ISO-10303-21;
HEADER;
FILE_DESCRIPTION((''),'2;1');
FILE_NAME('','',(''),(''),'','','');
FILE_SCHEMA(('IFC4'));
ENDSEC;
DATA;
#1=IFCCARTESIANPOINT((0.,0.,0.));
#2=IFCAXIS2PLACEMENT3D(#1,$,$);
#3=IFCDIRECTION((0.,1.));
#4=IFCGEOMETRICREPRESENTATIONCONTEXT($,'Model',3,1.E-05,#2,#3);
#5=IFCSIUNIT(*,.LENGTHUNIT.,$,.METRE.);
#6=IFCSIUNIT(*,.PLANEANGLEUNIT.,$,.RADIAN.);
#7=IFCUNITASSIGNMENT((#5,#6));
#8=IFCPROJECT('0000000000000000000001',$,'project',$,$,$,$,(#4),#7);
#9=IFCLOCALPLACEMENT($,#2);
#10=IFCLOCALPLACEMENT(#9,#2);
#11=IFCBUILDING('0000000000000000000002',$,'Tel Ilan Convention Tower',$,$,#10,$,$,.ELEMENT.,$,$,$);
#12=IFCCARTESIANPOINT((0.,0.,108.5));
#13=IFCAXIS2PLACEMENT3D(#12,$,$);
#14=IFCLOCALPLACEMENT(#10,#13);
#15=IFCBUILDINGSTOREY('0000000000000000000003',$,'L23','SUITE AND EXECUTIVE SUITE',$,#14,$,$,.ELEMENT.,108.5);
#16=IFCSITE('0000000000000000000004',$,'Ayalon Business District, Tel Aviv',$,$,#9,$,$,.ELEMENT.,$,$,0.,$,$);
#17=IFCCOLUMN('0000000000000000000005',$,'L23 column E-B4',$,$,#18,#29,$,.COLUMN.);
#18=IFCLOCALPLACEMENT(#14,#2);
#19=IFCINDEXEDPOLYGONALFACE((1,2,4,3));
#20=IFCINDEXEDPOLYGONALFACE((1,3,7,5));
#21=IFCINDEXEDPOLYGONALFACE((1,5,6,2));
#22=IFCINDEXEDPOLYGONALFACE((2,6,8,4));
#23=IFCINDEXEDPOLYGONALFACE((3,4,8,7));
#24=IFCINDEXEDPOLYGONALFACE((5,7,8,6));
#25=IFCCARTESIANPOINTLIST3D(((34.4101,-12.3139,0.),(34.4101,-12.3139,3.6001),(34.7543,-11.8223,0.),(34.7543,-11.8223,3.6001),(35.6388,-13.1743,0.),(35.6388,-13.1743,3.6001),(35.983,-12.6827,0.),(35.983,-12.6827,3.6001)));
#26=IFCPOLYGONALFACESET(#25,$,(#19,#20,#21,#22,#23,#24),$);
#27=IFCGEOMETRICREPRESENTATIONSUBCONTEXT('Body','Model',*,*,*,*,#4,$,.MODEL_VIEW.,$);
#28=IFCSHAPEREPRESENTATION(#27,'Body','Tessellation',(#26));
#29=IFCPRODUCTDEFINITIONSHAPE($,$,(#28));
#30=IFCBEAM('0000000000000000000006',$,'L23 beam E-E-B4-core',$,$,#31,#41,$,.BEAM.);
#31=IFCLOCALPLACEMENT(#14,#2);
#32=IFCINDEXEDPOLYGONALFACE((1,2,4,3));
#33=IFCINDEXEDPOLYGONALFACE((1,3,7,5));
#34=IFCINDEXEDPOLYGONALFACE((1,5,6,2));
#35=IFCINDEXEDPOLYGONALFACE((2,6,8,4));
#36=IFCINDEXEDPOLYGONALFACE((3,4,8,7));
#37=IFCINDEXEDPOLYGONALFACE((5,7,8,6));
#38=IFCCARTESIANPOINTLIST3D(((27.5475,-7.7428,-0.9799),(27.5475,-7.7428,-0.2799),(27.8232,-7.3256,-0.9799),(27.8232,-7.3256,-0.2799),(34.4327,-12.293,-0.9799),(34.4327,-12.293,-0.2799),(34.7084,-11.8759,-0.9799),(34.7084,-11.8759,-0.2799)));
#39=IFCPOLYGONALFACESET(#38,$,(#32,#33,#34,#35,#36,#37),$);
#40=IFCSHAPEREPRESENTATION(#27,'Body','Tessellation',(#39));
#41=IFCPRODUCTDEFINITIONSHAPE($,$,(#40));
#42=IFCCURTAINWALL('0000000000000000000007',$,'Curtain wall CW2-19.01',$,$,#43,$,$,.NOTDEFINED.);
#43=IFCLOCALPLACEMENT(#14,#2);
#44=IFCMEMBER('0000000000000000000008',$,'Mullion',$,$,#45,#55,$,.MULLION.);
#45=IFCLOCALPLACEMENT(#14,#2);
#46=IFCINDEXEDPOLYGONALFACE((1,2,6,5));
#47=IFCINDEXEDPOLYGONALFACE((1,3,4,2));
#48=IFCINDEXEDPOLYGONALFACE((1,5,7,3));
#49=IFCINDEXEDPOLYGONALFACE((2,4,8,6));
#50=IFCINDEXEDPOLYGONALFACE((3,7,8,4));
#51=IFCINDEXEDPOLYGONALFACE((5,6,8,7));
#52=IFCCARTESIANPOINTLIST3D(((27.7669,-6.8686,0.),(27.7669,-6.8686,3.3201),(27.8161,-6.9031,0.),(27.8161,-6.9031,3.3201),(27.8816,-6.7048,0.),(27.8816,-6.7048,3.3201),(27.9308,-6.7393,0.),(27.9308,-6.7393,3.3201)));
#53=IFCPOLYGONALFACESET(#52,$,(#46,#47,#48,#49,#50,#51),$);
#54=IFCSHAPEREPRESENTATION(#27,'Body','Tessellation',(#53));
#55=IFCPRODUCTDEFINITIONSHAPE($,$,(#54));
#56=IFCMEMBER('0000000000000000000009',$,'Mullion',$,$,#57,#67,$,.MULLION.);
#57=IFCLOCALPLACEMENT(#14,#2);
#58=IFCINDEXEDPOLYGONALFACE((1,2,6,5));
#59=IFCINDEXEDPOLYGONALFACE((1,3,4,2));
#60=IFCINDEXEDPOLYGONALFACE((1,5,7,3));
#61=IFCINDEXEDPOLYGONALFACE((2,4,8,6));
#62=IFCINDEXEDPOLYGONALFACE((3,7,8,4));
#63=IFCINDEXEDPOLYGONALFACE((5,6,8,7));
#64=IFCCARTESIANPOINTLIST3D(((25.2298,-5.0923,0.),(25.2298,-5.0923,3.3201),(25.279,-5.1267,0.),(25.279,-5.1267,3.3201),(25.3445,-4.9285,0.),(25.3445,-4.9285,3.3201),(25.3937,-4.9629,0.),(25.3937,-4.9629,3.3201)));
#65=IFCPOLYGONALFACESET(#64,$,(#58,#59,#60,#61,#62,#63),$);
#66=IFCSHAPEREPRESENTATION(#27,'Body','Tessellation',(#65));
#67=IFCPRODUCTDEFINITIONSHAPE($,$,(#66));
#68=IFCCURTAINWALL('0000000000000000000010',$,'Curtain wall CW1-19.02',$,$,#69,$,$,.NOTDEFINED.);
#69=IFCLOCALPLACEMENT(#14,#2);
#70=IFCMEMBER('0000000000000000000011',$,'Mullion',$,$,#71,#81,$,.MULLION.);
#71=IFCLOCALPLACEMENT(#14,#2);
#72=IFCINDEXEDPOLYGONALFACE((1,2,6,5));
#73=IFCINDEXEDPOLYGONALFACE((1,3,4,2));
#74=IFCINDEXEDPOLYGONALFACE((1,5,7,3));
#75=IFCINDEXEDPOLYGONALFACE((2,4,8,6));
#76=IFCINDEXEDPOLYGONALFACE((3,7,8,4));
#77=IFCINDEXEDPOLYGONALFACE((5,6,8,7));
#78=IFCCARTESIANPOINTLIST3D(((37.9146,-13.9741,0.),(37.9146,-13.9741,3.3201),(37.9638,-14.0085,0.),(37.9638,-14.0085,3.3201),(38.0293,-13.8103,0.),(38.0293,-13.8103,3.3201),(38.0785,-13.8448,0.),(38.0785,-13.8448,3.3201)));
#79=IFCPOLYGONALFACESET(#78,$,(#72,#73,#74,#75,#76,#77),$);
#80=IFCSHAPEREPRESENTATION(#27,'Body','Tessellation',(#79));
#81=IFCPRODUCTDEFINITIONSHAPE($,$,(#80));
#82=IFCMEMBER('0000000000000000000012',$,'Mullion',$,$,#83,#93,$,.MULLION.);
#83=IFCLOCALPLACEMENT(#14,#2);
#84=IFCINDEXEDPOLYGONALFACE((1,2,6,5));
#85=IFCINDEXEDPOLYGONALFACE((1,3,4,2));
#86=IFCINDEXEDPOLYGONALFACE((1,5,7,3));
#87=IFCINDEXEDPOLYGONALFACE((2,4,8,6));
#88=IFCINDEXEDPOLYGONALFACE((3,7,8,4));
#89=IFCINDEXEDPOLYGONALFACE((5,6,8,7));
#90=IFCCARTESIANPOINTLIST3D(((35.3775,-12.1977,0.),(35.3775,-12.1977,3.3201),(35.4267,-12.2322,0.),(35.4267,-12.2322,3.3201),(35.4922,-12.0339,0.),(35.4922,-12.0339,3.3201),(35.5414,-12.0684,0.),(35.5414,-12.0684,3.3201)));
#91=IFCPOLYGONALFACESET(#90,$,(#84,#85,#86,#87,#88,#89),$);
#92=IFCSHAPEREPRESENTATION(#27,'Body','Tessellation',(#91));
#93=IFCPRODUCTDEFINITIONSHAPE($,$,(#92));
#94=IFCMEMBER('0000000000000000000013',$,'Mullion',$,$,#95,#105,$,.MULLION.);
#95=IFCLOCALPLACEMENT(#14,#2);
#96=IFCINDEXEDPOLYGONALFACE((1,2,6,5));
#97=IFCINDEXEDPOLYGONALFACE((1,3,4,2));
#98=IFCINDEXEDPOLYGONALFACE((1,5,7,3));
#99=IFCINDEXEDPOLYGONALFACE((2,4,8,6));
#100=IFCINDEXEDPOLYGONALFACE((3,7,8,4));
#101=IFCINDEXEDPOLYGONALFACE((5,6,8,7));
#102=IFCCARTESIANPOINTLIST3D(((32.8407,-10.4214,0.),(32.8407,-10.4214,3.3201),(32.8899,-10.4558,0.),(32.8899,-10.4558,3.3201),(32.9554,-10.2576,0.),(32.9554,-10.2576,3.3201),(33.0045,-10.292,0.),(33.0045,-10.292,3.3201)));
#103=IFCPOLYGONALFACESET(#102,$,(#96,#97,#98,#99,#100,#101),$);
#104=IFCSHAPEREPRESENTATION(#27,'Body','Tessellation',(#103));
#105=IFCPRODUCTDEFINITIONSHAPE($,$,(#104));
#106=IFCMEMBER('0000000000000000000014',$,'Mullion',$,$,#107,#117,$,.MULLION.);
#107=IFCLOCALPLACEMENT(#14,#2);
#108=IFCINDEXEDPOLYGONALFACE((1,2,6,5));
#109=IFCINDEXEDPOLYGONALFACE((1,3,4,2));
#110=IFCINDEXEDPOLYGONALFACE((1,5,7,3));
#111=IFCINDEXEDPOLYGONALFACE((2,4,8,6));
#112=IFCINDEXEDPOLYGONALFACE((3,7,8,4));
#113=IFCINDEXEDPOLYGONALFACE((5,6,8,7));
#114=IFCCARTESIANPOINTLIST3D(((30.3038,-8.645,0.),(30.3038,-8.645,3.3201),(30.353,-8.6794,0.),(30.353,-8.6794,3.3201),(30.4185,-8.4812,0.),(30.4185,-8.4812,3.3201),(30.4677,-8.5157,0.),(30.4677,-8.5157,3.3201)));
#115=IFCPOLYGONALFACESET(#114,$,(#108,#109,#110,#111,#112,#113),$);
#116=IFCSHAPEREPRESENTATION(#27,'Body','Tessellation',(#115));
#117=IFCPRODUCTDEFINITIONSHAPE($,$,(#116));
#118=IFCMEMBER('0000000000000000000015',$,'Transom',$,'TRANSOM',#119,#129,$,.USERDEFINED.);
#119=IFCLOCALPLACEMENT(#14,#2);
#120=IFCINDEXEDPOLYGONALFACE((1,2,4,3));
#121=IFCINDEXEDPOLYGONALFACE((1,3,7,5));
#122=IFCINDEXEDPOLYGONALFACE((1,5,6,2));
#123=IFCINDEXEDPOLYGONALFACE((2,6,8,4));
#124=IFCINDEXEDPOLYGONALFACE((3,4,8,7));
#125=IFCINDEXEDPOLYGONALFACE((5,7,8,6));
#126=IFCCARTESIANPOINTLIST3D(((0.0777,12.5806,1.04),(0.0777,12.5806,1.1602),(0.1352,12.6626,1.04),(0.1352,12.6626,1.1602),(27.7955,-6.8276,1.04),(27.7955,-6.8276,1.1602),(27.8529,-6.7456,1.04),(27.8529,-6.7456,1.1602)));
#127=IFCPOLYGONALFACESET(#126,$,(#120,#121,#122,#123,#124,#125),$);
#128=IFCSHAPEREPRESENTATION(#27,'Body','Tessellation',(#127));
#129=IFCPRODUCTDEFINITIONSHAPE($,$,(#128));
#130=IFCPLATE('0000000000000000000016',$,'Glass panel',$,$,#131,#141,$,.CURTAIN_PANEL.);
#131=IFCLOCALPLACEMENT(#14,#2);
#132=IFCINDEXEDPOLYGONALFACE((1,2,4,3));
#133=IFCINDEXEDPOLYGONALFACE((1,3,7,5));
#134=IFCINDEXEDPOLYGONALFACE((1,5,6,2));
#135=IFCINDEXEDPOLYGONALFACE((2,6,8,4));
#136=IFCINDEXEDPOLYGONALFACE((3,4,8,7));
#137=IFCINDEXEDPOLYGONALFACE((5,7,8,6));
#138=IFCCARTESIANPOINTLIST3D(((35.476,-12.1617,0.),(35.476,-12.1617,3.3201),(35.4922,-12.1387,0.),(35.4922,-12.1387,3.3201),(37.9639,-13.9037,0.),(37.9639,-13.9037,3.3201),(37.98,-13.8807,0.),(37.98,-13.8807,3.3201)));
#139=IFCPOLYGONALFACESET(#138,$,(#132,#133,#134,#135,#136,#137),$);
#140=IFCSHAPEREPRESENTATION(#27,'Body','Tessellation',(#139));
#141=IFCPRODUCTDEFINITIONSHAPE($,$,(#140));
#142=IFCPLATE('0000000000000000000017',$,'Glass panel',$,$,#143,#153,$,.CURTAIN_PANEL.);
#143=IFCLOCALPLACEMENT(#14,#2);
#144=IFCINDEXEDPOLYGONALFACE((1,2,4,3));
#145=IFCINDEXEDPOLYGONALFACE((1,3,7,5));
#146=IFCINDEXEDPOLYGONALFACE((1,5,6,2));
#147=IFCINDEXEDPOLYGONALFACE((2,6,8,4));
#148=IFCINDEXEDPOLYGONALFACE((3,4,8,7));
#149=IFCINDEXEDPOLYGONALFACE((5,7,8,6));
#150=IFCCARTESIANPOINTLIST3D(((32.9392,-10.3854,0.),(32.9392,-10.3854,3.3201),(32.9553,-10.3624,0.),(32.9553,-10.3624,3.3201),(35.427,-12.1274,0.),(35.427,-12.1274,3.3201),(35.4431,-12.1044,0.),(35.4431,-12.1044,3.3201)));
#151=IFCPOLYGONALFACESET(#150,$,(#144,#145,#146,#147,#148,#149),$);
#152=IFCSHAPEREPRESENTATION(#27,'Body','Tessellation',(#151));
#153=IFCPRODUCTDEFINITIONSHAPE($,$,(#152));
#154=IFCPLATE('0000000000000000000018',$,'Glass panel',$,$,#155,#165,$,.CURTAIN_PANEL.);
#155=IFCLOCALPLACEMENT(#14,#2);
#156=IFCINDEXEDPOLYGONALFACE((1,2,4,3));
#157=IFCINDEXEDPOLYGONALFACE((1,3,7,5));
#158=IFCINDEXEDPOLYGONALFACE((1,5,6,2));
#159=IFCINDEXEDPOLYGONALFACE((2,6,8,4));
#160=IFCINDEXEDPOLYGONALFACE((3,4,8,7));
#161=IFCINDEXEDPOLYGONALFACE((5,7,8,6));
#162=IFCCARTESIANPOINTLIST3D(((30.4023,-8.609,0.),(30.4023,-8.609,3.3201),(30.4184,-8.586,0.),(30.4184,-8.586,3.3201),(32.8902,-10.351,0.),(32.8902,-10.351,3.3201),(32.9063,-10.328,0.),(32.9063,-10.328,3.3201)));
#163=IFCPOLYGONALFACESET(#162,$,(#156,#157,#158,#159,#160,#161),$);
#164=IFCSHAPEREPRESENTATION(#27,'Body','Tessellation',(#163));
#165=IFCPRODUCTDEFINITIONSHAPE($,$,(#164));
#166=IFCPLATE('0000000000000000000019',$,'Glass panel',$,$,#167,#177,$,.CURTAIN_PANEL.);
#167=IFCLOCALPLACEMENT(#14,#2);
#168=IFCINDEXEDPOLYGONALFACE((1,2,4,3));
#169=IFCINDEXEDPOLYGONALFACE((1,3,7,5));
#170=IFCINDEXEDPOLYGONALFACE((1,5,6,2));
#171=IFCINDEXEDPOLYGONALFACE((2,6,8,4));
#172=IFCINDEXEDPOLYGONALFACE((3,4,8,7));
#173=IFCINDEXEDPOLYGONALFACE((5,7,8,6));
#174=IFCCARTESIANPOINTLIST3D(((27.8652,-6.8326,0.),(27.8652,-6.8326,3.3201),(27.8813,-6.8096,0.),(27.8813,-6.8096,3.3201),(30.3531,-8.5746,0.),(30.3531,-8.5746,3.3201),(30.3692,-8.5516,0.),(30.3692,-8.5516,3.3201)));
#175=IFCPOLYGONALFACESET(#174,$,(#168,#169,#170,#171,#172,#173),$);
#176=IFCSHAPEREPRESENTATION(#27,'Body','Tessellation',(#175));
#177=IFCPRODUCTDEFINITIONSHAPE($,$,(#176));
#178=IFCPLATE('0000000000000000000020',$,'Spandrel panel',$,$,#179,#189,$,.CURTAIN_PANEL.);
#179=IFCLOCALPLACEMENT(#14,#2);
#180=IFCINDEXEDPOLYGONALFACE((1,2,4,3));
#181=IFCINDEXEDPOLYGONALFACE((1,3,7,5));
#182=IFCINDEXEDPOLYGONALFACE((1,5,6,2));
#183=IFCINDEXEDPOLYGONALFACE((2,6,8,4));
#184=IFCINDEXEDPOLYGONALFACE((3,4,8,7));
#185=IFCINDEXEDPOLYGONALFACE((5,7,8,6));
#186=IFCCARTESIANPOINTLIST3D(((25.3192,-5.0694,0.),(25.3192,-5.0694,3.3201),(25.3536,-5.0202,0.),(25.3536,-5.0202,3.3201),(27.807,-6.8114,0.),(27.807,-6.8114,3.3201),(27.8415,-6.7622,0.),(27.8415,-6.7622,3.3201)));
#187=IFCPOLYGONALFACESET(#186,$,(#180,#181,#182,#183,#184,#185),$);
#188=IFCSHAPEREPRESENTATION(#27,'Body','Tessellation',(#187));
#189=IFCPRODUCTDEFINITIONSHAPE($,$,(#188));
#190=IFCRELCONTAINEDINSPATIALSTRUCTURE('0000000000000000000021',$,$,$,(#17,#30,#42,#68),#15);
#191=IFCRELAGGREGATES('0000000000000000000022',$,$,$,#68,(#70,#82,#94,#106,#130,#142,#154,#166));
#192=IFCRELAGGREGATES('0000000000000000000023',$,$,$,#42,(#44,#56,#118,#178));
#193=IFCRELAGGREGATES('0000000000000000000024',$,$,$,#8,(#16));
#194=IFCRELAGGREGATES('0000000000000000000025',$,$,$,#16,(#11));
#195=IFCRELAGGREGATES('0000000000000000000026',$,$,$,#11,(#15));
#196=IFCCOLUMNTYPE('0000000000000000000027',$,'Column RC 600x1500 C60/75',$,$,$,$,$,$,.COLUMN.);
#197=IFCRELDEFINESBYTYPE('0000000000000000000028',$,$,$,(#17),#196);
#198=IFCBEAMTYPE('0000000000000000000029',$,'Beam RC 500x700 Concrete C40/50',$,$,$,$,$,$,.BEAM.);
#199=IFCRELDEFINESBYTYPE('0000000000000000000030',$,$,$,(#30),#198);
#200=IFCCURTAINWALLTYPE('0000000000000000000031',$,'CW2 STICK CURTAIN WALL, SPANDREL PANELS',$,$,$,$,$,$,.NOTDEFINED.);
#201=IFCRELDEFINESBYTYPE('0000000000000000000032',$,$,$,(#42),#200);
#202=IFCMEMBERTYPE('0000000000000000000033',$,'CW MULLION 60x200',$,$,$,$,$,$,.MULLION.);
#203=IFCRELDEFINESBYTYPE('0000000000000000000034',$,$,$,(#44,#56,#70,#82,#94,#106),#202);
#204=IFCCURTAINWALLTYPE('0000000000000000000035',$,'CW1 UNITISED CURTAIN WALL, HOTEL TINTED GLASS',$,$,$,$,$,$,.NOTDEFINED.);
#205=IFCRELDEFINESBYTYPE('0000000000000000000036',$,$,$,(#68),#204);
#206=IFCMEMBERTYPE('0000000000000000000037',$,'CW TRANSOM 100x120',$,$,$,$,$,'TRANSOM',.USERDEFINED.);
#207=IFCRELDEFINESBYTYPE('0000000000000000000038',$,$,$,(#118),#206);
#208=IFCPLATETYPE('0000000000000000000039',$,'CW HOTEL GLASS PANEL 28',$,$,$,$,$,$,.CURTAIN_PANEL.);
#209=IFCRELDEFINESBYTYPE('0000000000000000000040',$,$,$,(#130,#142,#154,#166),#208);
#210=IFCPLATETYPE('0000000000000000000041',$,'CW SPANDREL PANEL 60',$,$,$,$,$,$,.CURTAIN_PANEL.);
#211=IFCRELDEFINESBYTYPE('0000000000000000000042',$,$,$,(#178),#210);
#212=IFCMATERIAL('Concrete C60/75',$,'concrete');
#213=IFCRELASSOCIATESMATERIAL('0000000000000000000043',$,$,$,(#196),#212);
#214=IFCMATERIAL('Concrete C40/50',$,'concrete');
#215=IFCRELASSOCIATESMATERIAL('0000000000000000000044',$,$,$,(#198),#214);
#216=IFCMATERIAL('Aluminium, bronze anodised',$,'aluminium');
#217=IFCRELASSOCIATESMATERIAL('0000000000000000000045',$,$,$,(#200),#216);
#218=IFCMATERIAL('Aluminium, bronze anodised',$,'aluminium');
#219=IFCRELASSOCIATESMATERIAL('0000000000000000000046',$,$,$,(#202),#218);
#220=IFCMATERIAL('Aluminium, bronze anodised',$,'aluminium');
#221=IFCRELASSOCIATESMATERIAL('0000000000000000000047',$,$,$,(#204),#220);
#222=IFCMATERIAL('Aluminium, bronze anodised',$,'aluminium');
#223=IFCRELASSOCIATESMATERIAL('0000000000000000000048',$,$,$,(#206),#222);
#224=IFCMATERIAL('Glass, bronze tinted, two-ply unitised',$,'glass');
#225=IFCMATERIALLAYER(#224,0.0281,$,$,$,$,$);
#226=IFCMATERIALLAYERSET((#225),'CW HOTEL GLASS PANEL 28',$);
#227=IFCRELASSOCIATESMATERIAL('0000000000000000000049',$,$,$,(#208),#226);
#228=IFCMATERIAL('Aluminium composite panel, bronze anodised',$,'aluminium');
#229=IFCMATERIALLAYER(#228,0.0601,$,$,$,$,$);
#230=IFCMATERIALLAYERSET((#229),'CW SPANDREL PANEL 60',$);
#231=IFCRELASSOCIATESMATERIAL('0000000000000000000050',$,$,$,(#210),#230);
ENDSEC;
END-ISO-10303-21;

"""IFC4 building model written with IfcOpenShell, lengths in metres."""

from ifc_helpers import new_model, si_unit, direction, frame, origin, origin_2d, place, context, subcontext, project, spatial, rectangle, extrude, material, layer, layer_set, material_profile, profile_set, type_object, element, aggregate, save


model = new_model("IFC4")

# Units and contexts
model_context = context("Model", 3, precision=1e-05, world=origin(), true_north=direction((0.0, 1.0)))
body_context = subcontext(model_context, "Body", "Model", "MODEL_VIEW")
ifc_project = project(units=[si_unit("LENGTHUNIT", "METRE"), si_unit("PLANEANGLEUNIT", "RADIAN")], contexts=[model_context])

# Site, building, storey
site_placement = place(None, origin())
site = spatial("IfcSite", under=ifc_project, at=site_placement, Name="Ayalon Business District, Tel Aviv", CompositionType="ELEMENT", RefElevation=0.0)
building_placement = place(site_placement, origin())
building = spatial("IfcBuilding", under=site, at=building_placement, Name="Tel Ilan Convention Tower", CompositionType="ELEMENT")
storey_placement = place(building_placement, frame((0.0, 0.0, 108.5)))
storey = spatial("IfcBuildingStorey", under=building, at=storey_placement, Name="L23", Description="SUITE AND EXECUTIVE SUITE", CompositionType="ELEMENT", Elevation=108.5)

# Column
ifc_material_1 = material(Name="Concrete C60/75", Category="concrete")
ifc_material_profile_1 = material_profile(ifc_material_1, rectangle(XDim=1.5, YDim=0.6001, at=origin_2d()), Name="RC 600x1500")
ifc_profile_set_1 = profile_set([ifc_material_profile_1], Name="Concrete C60/75")
column_type = type_object("IfcColumnType", Name="Column RC 600x1500 C60/75", PredefinedType="COLUMN", material=ifc_profile_set_1)
column_placement = place(storey_placement, frame((35.1965, -12.4983, 0.0), z_axis=(0.0, 0.0, 1.0), x_axis=(0.819152, -0.573576, 0.0)))
element("IfcColumn", 1, at=column_placement, inside=storey, type_object=column_type, Name="L23 column E-B4", PredefinedType="COLUMN", context=body_context, shape_type="SweptSolid", body=[
    extrude(rectangle(XDim=1.5, YDim=0.6001, at=origin_2d()), origin(), (0.0, 0.0, 1.0), 3.6001),
])

# Beam
ifc_material_2 = material(Name="Concrete C40/50", Category="concrete")
ifc_material_profile_2 = material_profile(ifc_material_2, rectangle(XDim=0.5, YDim=0.7, at=origin_2d()), Name="RC 500x700")
ifc_profile_set_2 = profile_set([ifc_material_profile_2], Name="Concrete C40/50")
beam_type = type_object("IfcBeamType", Name="Beam RC 500x700 Concrete C40/50", PredefinedType="BEAM", material=ifc_profile_set_2)
beam_placement = place(storey_placement, frame((34.5706, -12.0845, -0.6299), z_axis=(-0.834274, 0.551351, 0.0), x_axis=(-0.551351, -0.834274, 0.0)))
element("IfcBeam", 2, at=beam_placement, inside=storey, type_object=beam_type, Name="L23 beam E-E-B4-core", PredefinedType="BEAM", context=body_context, shape_type="SweptSolid", body=[
    extrude(rectangle(XDim=0.5, YDim=0.7, at=origin_2d()), origin(), (0.0, 0.0, 1.0), 8.2529),
])

# Curtain walls, members
ifc_material_3 = material(Name="Aluminium, bronze anodised", Category="aluminium")
curtain_wall_type_1 = type_object("IfcCurtainWallType", Name="CW2 STICK CURTAIN WALL, SPANDREL PANELS", PredefinedType="NOTDEFINED", material=ifc_material_3)
curtain_wall_1_placement = place(storey_placement, origin())
curtain_wall_1 = element("IfcCurtainWall", 3, at=curtain_wall_1_placement, inside=storey, type_object=curtain_wall_type_1, Name="Curtain wall CW2-19.01", PredefinedType="NOTDEFINED")
ifc_material_4 = material(Name="Aluminium, bronze anodised", Category="aluminium")
ifc_material_profile_3 = material_profile(ifc_material_4, rectangle(XDim=0.0601, YDim=0.2, at=origin_2d()), Name="CW MULLION 60x200")
ifc_profile_set_3 = profile_set([ifc_material_profile_3], Name="Aluminium, bronze anodised")
member_type_1 = type_object("IfcMemberType", Name="CW MULLION 60x200", PredefinedType="MULLION", material=ifc_profile_set_3)
member_1_placement = place(storey_placement, frame((27.8489, -6.804, 0.0), z_axis=(0.0, 0.0, 1.0), x_axis=(-0.819152, 0.573576, 0.0)))
member_1 = element("IfcMember", 4, at=member_1_placement, type_object=member_type_1, Name="Mullion", PredefinedType="MULLION", context=body_context, shape_type="SweptSolid", body=[
    extrude(rectangle(XDim=0.0601, YDim=0.2, at=origin_2d()), origin(), (0.0, 0.0, 1.0), 3.3201),
])
member_2_placement = place(storey_placement, frame((25.3118, -5.0276, 0.0), z_axis=(0.0, 0.0, 1.0), x_axis=(-0.819152, 0.573576, 0.0)))
member_2 = element("IfcMember", 5, at=member_2_placement, type_object=member_type_1, Name="Mullion", PredefinedType="MULLION", context=body_context, shape_type="SweptSolid", body=[
    extrude(rectangle(XDim=0.0601, YDim=0.2, at=origin_2d()), origin(), (0.0, 0.0, 1.0), 3.3201),
])
ifc_material_5 = material(Name="Aluminium, bronze anodised", Category="aluminium")
curtain_wall_type_2 = type_object("IfcCurtainWallType", Name="CW1 UNITISED CURTAIN WALL, HOTEL TINTED GLASS", PredefinedType="NOTDEFINED", material=ifc_material_5)
curtain_wall_2_placement = place(storey_placement, origin())
curtain_wall_2 = element("IfcCurtainWall", 6, at=curtain_wall_2_placement, inside=storey, type_object=curtain_wall_type_2, Name="Curtain wall CW1-19.02", PredefinedType="NOTDEFINED")
member_3_placement = place(storey_placement, frame((37.9966, -13.9094, 0.0), z_axis=(0.0, 0.0, 1.0), x_axis=(-0.819152, 0.573576, 0.0)))
member_3 = element("IfcMember", 7, at=member_3_placement, type_object=member_type_1, Name="Mullion", PredefinedType="MULLION", context=body_context, shape_type="SweptSolid", body=[
    extrude(rectangle(XDim=0.0601, YDim=0.2, at=origin_2d()), origin(), (0.0, 0.0, 1.0), 3.3201),
])
member_4_placement = place(storey_placement, frame((35.4595, -12.1331, 0.0), z_axis=(0.0, 0.0, 1.0), x_axis=(-0.819152, 0.573576, 0.0)))
member_4 = element("IfcMember", 8, at=member_4_placement, type_object=member_type_1, Name="Mullion", PredefinedType="MULLION", context=body_context, shape_type="SweptSolid", body=[
    extrude(rectangle(XDim=0.0601, YDim=0.2, at=origin_2d()), origin(), (0.0, 0.0, 1.0), 3.3201),
])
member_5_placement = place(storey_placement, frame((32.9226, -10.3567, 0.0), z_axis=(0.0, 0.0, 1.0), x_axis=(-0.819152, 0.573576, 0.0)))
member_5 = element("IfcMember", 9, at=member_5_placement, type_object=member_type_1, Name="Mullion", PredefinedType="MULLION", context=body_context, shape_type="SweptSolid", body=[
    extrude(rectangle(XDim=0.0601, YDim=0.2, at=origin_2d()), origin(), (0.0, 0.0, 1.0), 3.3201),
])
member_6_placement = place(storey_placement, frame((30.3857, -8.5803, 0.0), z_axis=(0.0, 0.0, 1.0), x_axis=(-0.819152, 0.573576, 0.0)))
member_6 = element("IfcMember", 10, at=member_6_placement, type_object=member_type_1, Name="Mullion", PredefinedType="MULLION", context=body_context, shape_type="SweptSolid", body=[
    extrude(rectangle(XDim=0.0601, YDim=0.2, at=origin_2d()), origin(), (0.0, 0.0, 1.0), 3.3201),
])

# Member
ifc_material_6 = material(Name="Aluminium, bronze anodised", Category="aluminium")
ifc_material_profile_4 = material_profile(ifc_material_6, rectangle(XDim=0.1001, YDim=0.1201, at=origin_2d()), Name="CW TRANSOM 100x120")
ifc_profile_set_4 = profile_set([ifc_material_profile_4], Name="Aluminium, bronze anodised")
member_type_2 = type_object("IfcMemberType", Name="CW TRANSOM 100x120", ElementType="TRANSOM", PredefinedType="USERDEFINED", material=ifc_profile_set_4)
member_7_placement = place(storey_placement, frame((27.8242, -6.7866, 1.1001), z_axis=(-0.819152, 0.573577, 0.0), x_axis=(-0.573577, -0.819152, 0.0)))
member_7 = element("IfcMember", 11, at=member_7_placement, type_object=member_type_2, Name="Transom", ObjectType="TRANSOM", PredefinedType="USERDEFINED", context=body_context, shape_type="SweptSolid", body=[
    extrude(rectangle(XDim=0.1001, YDim=0.1201, at=origin_2d()), origin(), (0.0, 0.0, 1.0), 33.8372),
])

# Plates
ifc_material_7 = material(Name="Glass, bronze tinted, two-ply unitised", Category="glass")
ifc_layer_1 = layer(ifc_material_7, 0.0281)
ifc_layer_set_1 = layer_set([ifc_layer_1], Name="CW HOTEL GLASS PANEL 28")
plate_type_1 = type_object("IfcPlateType", Name="CW HOTEL GLASS PANEL 28", PredefinedType="CURTAIN_PANEL", material=ifc_layer_set_1)
plate_1_placement = place(storey_placement, frame((36.728, -13.0212, 0.0), z_axis=(0.0, 0.0, 1.0), x_axis=(-0.819152, 0.573576, 0.0)))
plate_1 = element("IfcPlate", 12, at=plate_1_placement, type_object=plate_type_1, Name="Glass panel", PredefinedType="CURTAIN_PANEL", context=body_context, shape_type="SweptSolid", body=[
    extrude(rectangle(XDim=3.0371, YDim=0.0281, at=origin_2d()), origin(), (0.0, 0.0, 1.0), 3.3201),
])
plate_2_placement = place(storey_placement, frame((34.1912, -11.2449, 0.0), z_axis=(0.0, 0.0, 1.0), x_axis=(-0.819152, 0.573576, 0.0)))
plate_2 = element("IfcPlate", 13, at=plate_2_placement, type_object=plate_type_1, Name="Glass panel", PredefinedType="CURTAIN_PANEL", context=body_context, shape_type="SweptSolid", body=[
    extrude(rectangle(XDim=3.0371, YDim=0.0281, at=origin_2d()), origin(), (0.0, 0.0, 1.0), 3.3201),
])
plate_3_placement = place(storey_placement, frame((31.6543, -9.4685, 0.0), z_axis=(0.0, 0.0, 1.0), x_axis=(-0.819152, 0.573576, 0.0)))
plate_3 = element("IfcPlate", 14, at=plate_3_placement, type_object=plate_type_1, Name="Glass panel", PredefinedType="CURTAIN_PANEL", context=body_context, shape_type="SweptSolid", body=[
    extrude(rectangle(XDim=3.0371, YDim=0.0281, at=origin_2d()), origin(), (0.0, 0.0, 1.0), 3.3201),
])
plate_4_placement = place(storey_placement, frame((29.1172, -7.6921, 0.0), z_axis=(0.0, 0.0, 1.0), x_axis=(-0.819152, 0.573576, 0.0)))
plate_4 = element("IfcPlate", 15, at=plate_4_placement, type_object=plate_type_1, Name="Glass panel", PredefinedType="CURTAIN_PANEL", context=body_context, shape_type="SweptSolid", body=[
    extrude(rectangle(XDim=3.0371, YDim=0.0281, at=origin_2d()), origin(), (0.0, 0.0, 1.0), 3.3201),
])
aggregate(curtain_wall_2, [member_3, member_4, member_5, member_6, plate_1, plate_2, plate_3, plate_4])
ifc_material_8 = material(Name="Aluminium composite panel, bronze anodised", Category="aluminium")
ifc_layer_2 = layer(ifc_material_8, 0.0601)
ifc_layer_set_2 = layer_set([ifc_layer_2], Name="CW SPANDREL PANEL 60")
plate_type_2 = type_object("IfcPlateType", Name="CW SPANDREL PANEL 60", PredefinedType="CURTAIN_PANEL", material=ifc_layer_set_2)
plate_5_placement = place(storey_placement, frame((26.5803, -5.9158, 0.0), z_axis=(0.0, 0.0, 1.0), x_axis=(-0.819152, 0.573576, 0.0)))
plate_5 = element("IfcPlate", 16, at=plate_5_placement, type_object=plate_type_2, Name="Spandrel panel", PredefinedType="CURTAIN_PANEL", context=body_context, shape_type="SweptSolid", body=[
    extrude(rectangle(XDim=3.0371, YDim=0.0601, at=origin_2d()), origin(), (0.0, 0.0, 1.0), 3.3201),
])
aggregate(curtain_wall_1, [member_1, member_2, member_7, plate_5])

save(model, "model.ifc")
